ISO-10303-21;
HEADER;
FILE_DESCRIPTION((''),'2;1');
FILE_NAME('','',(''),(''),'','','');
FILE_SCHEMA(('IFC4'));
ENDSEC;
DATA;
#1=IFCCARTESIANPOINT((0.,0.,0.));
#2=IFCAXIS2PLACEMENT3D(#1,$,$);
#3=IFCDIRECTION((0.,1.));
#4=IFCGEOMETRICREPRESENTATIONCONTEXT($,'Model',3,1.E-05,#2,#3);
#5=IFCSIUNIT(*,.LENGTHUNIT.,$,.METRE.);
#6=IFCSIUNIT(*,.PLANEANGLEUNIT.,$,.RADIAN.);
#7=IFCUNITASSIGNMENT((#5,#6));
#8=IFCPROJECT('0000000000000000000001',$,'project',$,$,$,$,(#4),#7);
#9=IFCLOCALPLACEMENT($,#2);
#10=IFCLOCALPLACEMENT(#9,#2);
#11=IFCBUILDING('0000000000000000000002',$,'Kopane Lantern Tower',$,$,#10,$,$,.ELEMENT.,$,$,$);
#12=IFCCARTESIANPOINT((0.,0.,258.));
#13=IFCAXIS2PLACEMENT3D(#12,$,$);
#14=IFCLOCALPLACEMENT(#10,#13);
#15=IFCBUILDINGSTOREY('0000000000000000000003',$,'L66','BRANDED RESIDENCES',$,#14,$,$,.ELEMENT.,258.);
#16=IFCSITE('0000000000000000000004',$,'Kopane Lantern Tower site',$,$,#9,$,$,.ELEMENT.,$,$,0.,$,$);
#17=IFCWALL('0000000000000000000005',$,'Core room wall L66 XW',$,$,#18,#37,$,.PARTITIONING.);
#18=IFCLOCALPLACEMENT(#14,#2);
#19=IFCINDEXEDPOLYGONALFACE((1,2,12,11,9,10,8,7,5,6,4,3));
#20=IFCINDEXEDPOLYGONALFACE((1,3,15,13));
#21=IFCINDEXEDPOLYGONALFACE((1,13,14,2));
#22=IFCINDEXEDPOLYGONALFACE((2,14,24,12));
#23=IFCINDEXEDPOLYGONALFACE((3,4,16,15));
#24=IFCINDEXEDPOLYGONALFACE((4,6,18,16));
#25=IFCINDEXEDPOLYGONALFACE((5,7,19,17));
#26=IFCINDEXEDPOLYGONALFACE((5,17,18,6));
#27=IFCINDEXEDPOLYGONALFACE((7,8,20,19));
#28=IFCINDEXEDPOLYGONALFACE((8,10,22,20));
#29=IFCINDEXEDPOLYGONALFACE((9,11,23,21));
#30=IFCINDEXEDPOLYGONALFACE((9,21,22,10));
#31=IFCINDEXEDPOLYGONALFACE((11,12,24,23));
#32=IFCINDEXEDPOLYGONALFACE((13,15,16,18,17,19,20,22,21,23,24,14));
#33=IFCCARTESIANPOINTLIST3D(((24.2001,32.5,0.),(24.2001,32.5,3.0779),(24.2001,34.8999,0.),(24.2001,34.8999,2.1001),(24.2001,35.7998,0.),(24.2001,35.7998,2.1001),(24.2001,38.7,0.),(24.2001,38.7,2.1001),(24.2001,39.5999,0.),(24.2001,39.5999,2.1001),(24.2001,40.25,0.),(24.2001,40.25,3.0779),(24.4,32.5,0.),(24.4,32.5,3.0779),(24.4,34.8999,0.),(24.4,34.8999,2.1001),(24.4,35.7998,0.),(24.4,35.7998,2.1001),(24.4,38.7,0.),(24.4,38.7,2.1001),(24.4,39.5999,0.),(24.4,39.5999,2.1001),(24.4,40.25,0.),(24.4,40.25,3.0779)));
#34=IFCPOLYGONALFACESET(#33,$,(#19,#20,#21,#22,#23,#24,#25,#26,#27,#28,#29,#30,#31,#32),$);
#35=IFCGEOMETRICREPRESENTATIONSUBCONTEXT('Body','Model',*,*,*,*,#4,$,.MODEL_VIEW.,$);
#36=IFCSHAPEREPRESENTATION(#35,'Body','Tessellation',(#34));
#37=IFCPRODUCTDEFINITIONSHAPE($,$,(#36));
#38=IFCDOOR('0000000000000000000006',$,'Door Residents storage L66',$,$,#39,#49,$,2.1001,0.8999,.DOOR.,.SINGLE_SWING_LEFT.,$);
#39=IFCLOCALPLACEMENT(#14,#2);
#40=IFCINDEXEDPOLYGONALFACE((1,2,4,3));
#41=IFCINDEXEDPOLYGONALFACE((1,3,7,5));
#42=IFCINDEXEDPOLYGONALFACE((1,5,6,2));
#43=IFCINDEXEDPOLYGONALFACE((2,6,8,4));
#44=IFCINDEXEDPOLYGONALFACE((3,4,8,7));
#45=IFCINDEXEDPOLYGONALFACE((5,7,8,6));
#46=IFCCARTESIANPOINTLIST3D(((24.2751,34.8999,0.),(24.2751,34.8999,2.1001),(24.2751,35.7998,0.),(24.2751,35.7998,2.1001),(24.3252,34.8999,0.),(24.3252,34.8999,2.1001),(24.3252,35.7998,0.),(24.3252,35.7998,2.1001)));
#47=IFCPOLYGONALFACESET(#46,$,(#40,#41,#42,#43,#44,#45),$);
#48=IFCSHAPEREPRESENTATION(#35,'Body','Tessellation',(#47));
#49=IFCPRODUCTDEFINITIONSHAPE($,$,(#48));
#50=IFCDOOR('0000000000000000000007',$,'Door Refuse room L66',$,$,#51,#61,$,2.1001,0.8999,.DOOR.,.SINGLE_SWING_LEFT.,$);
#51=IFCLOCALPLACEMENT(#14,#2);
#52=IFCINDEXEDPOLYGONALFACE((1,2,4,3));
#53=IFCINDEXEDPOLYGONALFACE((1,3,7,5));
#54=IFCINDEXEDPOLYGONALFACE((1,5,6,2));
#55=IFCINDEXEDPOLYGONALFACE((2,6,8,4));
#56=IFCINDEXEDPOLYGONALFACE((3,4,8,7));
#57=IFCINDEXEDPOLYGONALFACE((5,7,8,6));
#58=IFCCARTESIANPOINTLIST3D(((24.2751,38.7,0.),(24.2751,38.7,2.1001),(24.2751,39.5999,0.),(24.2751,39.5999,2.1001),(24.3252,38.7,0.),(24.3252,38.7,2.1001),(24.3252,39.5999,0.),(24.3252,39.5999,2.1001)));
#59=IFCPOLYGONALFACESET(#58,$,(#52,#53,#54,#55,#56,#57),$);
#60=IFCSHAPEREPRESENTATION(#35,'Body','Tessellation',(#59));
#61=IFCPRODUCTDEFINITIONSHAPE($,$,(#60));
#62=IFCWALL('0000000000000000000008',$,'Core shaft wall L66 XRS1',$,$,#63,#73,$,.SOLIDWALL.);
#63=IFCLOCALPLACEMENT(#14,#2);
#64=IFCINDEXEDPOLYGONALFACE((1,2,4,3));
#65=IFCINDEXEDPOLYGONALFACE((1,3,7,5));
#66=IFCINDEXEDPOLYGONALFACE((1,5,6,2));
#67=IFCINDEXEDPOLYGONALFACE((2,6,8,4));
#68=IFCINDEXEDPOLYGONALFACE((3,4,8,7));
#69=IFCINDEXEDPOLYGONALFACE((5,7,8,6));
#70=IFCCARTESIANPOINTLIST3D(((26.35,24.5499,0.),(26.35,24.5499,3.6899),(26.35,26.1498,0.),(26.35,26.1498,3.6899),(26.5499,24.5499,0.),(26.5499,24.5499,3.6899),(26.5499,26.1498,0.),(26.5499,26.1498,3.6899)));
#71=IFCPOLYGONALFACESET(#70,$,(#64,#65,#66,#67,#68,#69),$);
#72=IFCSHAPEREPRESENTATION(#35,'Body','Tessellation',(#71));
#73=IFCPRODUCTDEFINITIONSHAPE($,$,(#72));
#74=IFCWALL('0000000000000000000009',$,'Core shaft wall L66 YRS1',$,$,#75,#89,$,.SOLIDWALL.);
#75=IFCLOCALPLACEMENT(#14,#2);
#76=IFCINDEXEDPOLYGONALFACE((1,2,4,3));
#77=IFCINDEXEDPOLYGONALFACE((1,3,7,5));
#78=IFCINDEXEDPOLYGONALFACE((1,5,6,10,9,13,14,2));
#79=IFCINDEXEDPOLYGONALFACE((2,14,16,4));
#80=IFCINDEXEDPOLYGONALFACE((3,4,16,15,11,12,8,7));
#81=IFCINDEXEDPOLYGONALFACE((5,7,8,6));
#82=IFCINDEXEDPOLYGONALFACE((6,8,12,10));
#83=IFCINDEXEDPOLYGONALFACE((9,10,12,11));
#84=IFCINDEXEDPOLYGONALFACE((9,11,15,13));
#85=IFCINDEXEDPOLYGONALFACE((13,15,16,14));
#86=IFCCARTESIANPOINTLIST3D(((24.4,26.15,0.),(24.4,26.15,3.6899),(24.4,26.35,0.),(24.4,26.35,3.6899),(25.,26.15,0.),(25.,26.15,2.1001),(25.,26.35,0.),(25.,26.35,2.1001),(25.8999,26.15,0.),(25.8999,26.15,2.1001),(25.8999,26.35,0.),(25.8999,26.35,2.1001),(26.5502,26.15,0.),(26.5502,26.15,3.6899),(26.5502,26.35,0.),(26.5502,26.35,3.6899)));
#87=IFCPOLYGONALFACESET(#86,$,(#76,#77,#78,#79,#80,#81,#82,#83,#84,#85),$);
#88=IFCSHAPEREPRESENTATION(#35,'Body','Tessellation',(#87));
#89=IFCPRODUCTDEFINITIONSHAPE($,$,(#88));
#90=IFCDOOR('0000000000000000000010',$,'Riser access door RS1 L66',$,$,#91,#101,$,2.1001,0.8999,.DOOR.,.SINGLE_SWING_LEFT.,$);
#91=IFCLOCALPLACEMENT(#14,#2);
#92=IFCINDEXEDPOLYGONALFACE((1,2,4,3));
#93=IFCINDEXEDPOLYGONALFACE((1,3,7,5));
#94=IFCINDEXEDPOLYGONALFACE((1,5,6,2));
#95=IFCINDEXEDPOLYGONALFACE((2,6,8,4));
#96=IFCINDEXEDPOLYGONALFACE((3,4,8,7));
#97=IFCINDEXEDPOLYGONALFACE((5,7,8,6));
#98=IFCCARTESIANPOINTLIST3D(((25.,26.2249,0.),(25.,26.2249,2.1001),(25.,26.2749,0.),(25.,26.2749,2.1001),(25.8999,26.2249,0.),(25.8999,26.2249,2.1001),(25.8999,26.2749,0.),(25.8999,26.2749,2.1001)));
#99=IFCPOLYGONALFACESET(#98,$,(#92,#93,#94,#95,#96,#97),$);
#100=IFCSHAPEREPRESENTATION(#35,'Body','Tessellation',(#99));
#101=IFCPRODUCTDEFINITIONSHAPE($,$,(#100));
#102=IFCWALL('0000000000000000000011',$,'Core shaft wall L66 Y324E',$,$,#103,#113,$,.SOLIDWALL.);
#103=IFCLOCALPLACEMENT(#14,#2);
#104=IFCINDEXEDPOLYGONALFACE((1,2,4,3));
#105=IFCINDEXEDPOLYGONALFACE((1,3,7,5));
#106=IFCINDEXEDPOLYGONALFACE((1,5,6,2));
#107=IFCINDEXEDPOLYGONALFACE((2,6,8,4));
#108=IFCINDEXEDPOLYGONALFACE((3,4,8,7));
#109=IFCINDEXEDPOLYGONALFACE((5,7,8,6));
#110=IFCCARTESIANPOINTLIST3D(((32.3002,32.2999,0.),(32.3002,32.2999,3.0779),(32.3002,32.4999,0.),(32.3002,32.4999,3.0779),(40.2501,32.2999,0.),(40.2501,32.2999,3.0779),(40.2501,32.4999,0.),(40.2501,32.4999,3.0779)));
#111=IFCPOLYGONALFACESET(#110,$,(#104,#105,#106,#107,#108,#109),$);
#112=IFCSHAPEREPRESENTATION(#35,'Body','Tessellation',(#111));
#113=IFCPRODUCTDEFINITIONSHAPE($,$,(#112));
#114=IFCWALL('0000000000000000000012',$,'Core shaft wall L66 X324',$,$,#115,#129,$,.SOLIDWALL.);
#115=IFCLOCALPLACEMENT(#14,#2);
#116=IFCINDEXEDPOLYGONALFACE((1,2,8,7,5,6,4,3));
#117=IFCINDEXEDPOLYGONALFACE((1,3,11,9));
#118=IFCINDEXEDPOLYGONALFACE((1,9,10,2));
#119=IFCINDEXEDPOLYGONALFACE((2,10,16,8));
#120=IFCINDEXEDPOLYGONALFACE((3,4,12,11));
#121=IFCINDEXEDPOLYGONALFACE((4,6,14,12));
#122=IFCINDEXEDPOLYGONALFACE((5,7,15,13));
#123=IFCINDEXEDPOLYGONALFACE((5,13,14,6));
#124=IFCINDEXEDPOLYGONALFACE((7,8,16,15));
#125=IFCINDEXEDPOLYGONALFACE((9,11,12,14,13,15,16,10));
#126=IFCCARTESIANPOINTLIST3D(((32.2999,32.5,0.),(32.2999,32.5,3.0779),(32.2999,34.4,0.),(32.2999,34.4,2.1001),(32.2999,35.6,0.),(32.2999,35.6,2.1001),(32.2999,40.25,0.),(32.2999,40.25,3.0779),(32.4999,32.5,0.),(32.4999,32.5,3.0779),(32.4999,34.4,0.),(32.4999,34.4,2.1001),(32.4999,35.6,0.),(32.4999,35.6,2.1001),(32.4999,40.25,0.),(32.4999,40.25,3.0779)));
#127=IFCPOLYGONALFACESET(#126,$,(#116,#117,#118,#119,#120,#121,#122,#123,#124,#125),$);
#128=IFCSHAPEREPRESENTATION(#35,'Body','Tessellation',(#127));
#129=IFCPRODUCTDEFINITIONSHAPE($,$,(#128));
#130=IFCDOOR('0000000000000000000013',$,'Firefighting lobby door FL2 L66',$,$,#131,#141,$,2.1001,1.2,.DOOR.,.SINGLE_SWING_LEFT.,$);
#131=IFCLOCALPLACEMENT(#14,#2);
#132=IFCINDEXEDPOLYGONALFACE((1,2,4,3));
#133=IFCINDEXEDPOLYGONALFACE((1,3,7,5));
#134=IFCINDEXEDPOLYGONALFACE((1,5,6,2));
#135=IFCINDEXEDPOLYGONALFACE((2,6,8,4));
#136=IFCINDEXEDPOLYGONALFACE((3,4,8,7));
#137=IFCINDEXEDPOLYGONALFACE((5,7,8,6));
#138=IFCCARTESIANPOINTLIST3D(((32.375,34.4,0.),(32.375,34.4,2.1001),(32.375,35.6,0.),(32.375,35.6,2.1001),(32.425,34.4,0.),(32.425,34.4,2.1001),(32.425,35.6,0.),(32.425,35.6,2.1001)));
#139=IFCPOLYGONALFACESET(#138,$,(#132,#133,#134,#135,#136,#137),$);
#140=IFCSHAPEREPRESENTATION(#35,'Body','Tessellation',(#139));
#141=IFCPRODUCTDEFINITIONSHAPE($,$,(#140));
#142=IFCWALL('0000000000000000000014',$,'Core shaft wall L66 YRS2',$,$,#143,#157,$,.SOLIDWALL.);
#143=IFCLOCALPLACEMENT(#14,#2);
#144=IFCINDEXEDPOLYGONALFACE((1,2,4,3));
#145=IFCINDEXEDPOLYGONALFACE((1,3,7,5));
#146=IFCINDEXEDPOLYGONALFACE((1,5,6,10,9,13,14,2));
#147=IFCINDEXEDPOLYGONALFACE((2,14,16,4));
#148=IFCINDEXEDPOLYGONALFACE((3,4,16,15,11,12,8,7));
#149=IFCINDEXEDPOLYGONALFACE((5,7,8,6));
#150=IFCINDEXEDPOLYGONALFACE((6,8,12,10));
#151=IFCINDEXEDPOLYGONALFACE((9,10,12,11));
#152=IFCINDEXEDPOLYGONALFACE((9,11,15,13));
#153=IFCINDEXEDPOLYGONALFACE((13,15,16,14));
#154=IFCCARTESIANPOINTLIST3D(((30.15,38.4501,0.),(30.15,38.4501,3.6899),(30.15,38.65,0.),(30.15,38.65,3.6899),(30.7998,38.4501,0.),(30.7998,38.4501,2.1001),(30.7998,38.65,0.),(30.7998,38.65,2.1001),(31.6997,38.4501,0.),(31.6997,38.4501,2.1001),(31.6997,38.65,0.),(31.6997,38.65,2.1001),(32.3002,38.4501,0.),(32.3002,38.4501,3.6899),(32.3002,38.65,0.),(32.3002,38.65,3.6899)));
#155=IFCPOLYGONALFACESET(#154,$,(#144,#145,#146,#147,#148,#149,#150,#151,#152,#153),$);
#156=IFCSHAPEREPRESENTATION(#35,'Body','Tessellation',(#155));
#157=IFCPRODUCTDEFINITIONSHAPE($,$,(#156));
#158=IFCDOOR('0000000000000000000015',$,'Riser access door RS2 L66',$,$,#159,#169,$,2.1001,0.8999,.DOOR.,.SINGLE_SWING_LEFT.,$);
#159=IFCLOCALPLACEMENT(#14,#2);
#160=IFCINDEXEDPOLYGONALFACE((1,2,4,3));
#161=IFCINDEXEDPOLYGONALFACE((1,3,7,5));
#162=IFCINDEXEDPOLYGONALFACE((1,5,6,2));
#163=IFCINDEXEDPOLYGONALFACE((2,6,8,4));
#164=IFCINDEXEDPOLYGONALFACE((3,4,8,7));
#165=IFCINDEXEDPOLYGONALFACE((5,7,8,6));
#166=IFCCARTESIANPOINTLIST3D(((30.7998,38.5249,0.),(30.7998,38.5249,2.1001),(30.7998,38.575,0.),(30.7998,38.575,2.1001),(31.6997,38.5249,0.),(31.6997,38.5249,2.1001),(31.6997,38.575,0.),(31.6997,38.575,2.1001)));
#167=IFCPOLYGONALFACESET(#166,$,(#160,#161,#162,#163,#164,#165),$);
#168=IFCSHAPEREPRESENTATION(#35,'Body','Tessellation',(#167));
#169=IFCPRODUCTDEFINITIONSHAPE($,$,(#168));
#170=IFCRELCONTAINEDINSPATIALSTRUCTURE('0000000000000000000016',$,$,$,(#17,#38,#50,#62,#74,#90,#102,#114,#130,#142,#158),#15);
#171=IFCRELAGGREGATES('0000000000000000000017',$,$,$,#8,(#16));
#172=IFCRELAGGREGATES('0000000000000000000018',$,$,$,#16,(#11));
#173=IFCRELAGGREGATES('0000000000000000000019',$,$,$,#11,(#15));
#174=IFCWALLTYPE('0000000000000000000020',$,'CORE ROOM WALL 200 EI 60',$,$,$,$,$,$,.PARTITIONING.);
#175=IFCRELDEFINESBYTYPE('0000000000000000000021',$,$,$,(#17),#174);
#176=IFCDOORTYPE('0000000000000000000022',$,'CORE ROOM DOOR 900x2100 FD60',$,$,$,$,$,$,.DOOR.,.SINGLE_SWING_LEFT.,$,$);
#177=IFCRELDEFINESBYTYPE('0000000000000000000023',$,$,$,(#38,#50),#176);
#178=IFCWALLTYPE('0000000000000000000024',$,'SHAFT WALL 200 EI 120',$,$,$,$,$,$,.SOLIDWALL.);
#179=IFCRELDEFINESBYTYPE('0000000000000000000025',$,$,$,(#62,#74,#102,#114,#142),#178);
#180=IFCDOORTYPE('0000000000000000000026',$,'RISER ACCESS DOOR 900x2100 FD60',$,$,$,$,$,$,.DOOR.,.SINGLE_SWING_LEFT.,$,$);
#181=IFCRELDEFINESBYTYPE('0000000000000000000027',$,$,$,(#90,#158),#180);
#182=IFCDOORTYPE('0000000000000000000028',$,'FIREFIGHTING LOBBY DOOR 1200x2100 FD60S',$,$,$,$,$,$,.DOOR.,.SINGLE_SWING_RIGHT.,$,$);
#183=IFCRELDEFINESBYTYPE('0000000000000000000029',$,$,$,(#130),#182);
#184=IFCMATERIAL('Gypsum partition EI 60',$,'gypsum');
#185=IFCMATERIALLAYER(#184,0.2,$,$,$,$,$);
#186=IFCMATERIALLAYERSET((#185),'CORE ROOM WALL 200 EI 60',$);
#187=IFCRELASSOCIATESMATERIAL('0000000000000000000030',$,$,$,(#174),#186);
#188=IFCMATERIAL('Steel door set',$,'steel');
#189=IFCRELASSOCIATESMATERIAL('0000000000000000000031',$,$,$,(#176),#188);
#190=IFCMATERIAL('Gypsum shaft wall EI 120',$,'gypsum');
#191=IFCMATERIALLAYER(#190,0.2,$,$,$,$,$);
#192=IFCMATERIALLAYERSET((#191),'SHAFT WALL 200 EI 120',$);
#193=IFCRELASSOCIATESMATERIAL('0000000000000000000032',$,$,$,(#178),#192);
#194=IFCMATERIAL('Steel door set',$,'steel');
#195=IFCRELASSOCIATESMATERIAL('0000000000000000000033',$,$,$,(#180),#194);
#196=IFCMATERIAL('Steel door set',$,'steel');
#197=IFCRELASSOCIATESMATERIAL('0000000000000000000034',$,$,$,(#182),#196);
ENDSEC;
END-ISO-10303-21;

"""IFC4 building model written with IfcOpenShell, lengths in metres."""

from ifc_helpers import new_model, si_unit, direction, frame, frame_2d, origin, place, context, subcontext, project, spatial, rectangle, extrude, material, layer, layer_set, type_object, element, fill, save


model = new_model("IFC4")

# Units and contexts
model_context = context("Model", 3, precision=1e-05, world=origin(), true_north=direction((0.0, 1.0)))
body_context = subcontext(model_context, "Body", "Model", "MODEL_VIEW")
ifc_project = project(units=[si_unit("LENGTHUNIT", "METRE"), si_unit("PLANEANGLEUNIT", "RADIAN")], contexts=[model_context])

# Site, building, storey
site_placement = place(None, origin())
site = spatial("IfcSite", under=ifc_project, at=site_placement, Name="Kopane Lantern Tower site", CompositionType="ELEMENT", RefElevation=0.0)
building_placement = place(site_placement, origin())
building = spatial("IfcBuilding", under=site, at=building_placement, Name="Kopane Lantern Tower", CompositionType="ELEMENT")
storey_placement = place(building_placement, frame((0.0, 0.0, 258.0)))
storey = spatial("IfcBuildingStorey", under=building, at=storey_placement, Name="L66", Description="BRANDED RESIDENCES", CompositionType="ELEMENT", Elevation=258.0)

# Wall, openings, doors
ifc_material_1 = material(Name="Gypsum partition EI 60", Category="gypsum")
ifc_layer_1 = layer(ifc_material_1, 0.2)
ifc_layer_set_1 = layer_set([ifc_layer_1], Name="CORE ROOM WALL 200 EI 60")
wall_type_1 = type_object("IfcWallType", Name="CORE ROOM WALL 200 EI 60", PredefinedType="PARTITIONING", material=ifc_layer_set_1)
wall_1_placement = place(storey_placement, frame((24.3, 32.5, 0.0), z_axis=(0.0, 0.0, 1.0), x_axis=(0.0, 1.0, 0.0)))
wall_1 = element("IfcWall", 1, at=wall_1_placement, inside=storey, type_object=wall_type_1, Name="Core room wall L66 XW", PredefinedType="PARTITIONING", context=body_context, shape_type="SweptSolid", body=[
    extrude(rectangle(XDim=7.75, YDim=0.2, at=frame_2d((3.875, 0.0))), origin(), (0.0, 0.0, 1.0), 3.0779),
])
opening_1_placement = place(wall_1_placement, frame((2.3999, 0.0, 0.0)))
opening_1 = element("IfcOpeningElement", 2, at=opening_1_placement, cuts=wall_1, PredefinedType="OPENING", context=body_context, shape_type="SweptSolid", body=[
    extrude(rectangle(XDim=0.8999, YDim=2.1001, at=frame_2d((0.45, 1.05))), frame((0.0, 0.1099, 0.0), z_axis=(0.0, -1.0, 0.0), x_axis=(1.0, 0.0, 0.0)), (0.0, 0.0, 1.0), 0.22),
])
opening_2_placement = place(wall_1_placement, frame((6.2, 0.0, 0.0)))
opening_2 = element("IfcOpeningElement", 3, at=opening_2_placement, cuts=wall_1, PredefinedType="OPENING", context=body_context, shape_type="SweptSolid", body=[
    extrude(rectangle(XDim=0.8999, YDim=2.1001, at=frame_2d((0.45, 1.05))), frame((0.0, 0.1099, 0.0), z_axis=(0.0, -1.0, 0.0), x_axis=(1.0, 0.0, 0.0)), (0.0, 0.0, 1.0), 0.22),
])
ifc_material_2 = material(Name="Steel door set", Category="steel")
door_type_1 = type_object("IfcDoorType", Name="CORE ROOM DOOR 900x2100 FD60", OperationType="SINGLE_SWING_LEFT", PredefinedType="DOOR", material=ifc_material_2)
door_1_placement = place(opening_1_placement, origin())
door_1 = element("IfcDoor", 4, at=door_1_placement, inside=storey, type_object=door_type_1, Name="Door Residents storage L66", OperationType="SINGLE_SWING_LEFT", OverallHeight=2.1001, OverallWidth=0.8999, PredefinedType="DOOR", context=body_context, shape_type="SweptSolid", body=[
    extrude(rectangle(XDim=0.8999, YDim=2.1001, at=frame_2d((0.45, 1.05))), frame((0.0, 0.0249, 0.0), z_axis=(0.0, -1.0, 0.0), x_axis=(1.0, 0.0, 0.0)), (0.0, 0.0, 1.0), 0.05),
])
fill(opening_1, door_1)
door_2_placement = place(opening_2_placement, origin())
door_2 = element("IfcDoor", 5, at=door_2_placement, inside=storey, type_object=door_type_1, Name="Door Refuse room L66", OperationType="SINGLE_SWING_LEFT", OverallHeight=2.1001, OverallWidth=0.8999, PredefinedType="DOOR", context=body_context, shape_type="SweptSolid", body=[
    extrude(rectangle(XDim=0.8999, YDim=2.1001, at=frame_2d((0.45, 1.05))), frame((0.0, 0.0249, 0.0), z_axis=(0.0, -1.0, 0.0), x_axis=(1.0, 0.0, 0.0)), (0.0, 0.0, 1.0), 0.05),
])
fill(opening_2, door_2)

# Wall
ifc_material_3 = material(Name="Gypsum shaft wall EI 120", Category="gypsum")
ifc_layer_2 = layer(ifc_material_3, 0.2)
ifc_layer_set_2 = layer_set([ifc_layer_2], Name="SHAFT WALL 200 EI 120")
wall_type_2 = type_object("IfcWallType", Name="SHAFT WALL 200 EI 120", PredefinedType="SOLIDWALL", material=ifc_layer_set_2)
wall_2_placement = place(storey_placement, frame((26.45, 24.55, 0.0), z_axis=(0.0, 0.0, 1.0), x_axis=(0.0, 1.0, 0.0)))
element("IfcWall", 6, at=wall_2_placement, inside=storey, type_object=wall_type_2, Name="Core shaft wall L66 XRS1", PredefinedType="SOLIDWALL", context=body_context, shape_type="SweptSolid", body=[
    extrude(rectangle(XDim=1.5999, YDim=0.2, at=frame_2d((0.7998, 0.0))), origin(), (0.0, 0.0, 1.0), 3.6899),
])

# Wall, opening, door
wall_3_placement = place(storey_placement, frame((24.3999, 26.25, 0.0), z_axis=(0.0, 0.0, 1.0), x_axis=(1.0, 0.0, 0.0)))
wall_3 = element("IfcWall", 7, at=wall_3_placement, inside=storey, type_object=wall_type_2, Name="Core shaft wall L66 YRS1", PredefinedType="SOLIDWALL", context=body_context, shape_type="SweptSolid", body=[
    extrude(rectangle(XDim=2.1501, YDim=0.2, at=frame_2d((1.0752, 0.0))), origin(), (0.0, 0.0, 1.0), 3.6899),
])
opening_3_placement = place(wall_3_placement, frame((0.6001, 0.0, 0.0)))
opening_3 = element("IfcOpeningElement", 8, at=opening_3_placement, cuts=wall_3, PredefinedType="OPENING", context=body_context, shape_type="SweptSolid", body=[
    extrude(rectangle(XDim=0.8999, YDim=2.1001, at=frame_2d((0.45, 1.05))), frame((0.0, 0.1099, 0.0), z_axis=(0.0, -1.0, 0.0), x_axis=(1.0, 0.0, 0.0)), (0.0, 0.0, 1.0), 0.22),
])
ifc_material_4 = material(Name="Steel door set", Category="steel")
door_type_2 = type_object("IfcDoorType", Name="RISER ACCESS DOOR 900x2100 FD60", OperationType="SINGLE_SWING_LEFT", PredefinedType="DOOR", material=ifc_material_4)
door_3_placement = place(opening_3_placement, origin())
door_3 = element("IfcDoor", 9, at=door_3_placement, inside=storey, type_object=door_type_2, Name="Riser access door RS1 L66", OperationType="SINGLE_SWING_LEFT", OverallHeight=2.1001, OverallWidth=0.8999, PredefinedType="DOOR", context=body_context, shape_type="SweptSolid", body=[
    extrude(rectangle(XDim=0.8999, YDim=2.1001, at=frame_2d((0.45, 1.05))), frame((0.0, 0.0249, 0.0), z_axis=(0.0, -1.0, 0.0), x_axis=(1.0, 0.0, 0.0)), (0.0, 0.0, 1.0), 0.05),
])
fill(opening_3, door_3)

# Wall
wall_4_placement = place(storey_placement, frame((32.3, 32.3999, 0.0), z_axis=(0.0, 0.0, 1.0), x_axis=(1.0, 0.0, 0.0)))
element("IfcWall", 10, at=wall_4_placement, inside=storey, type_object=wall_type_2, Name="Core shaft wall L66 Y324E", PredefinedType="SOLIDWALL", context=body_context, shape_type="SweptSolid", body=[
    extrude(rectangle(XDim=7.95, YDim=0.2, at=frame_2d((3.9751, 0.0))), origin(), (0.0, 0.0, 1.0), 3.0779),
])

# Walls, openings, doors
wall_5_placement = place(storey_placement, frame((32.3999, 32.5, 0.0), z_axis=(0.0, 0.0, 1.0), x_axis=(0.0, 1.0, 0.0)))
wall_5 = element("IfcWall", 11, at=wall_5_placement, inside=storey, type_object=wall_type_2, Name="Core shaft wall L66 X324", PredefinedType="SOLIDWALL", context=body_context, shape_type="SweptSolid", body=[
    extrude(rectangle(XDim=7.75, YDim=0.2, at=frame_2d((3.875, 0.0))), origin(), (0.0, 0.0, 1.0), 3.0779),
])
opening_4_placement = place(wall_5_placement, frame((1.8999, 0.0, 0.0)))
opening_4 = element("IfcOpeningElement", 12, at=opening_4_placement, cuts=wall_5, PredefinedType="OPENING", context=body_context, shape_type="SweptSolid", body=[
    extrude(rectangle(XDim=1.2, YDim=2.1001, at=frame_2d((0.6001, 1.05))), frame((0.0, 0.1099, 0.0), z_axis=(0.0, -1.0, 0.0), x_axis=(1.0, 0.0, 0.0)), (0.0, 0.0, 1.0), 0.22),
])
ifc_material_5 = material(Name="Steel door set", Category="steel")
door_type_3 = type_object("IfcDoorType", Name="FIREFIGHTING LOBBY DOOR 1200x2100 FD60S", OperationType="SINGLE_SWING_RIGHT", PredefinedType="DOOR", material=ifc_material_5)
door_4_placement = place(opening_4_placement, origin())
door_4 = element("IfcDoor", 13, at=door_4_placement, inside=storey, type_object=door_type_3, Name="Firefighting lobby door FL2 L66", OperationType="SINGLE_SWING_LEFT", OverallHeight=2.1001, OverallWidth=1.2, PredefinedType="DOOR", context=body_context, shape_type="SweptSolid", body=[
    extrude(rectangle(XDim=1.2, YDim=2.1001, at=frame_2d((0.6001, 1.05))), frame((0.0, 0.0249, 0.0), z_axis=(0.0, -1.0, 0.0), x_axis=(1.0, 0.0, 0.0)), (0.0, 0.0, 1.0), 0.05),
])
fill(opening_4, door_4)
wall_6_placement = place(storey_placement, frame((30.1499, 38.55, 0.0), z_axis=(0.0, 0.0, 1.0), x_axis=(1.0, 0.0, 0.0)))
wall_6 = element("IfcWall", 14, at=wall_6_placement, inside=storey, type_object=wall_type_2, Name="Core shaft wall L66 YRS2", PredefinedType="SOLIDWALL", context=body_context, shape_type="SweptSolid", body=[
    extrude(rectangle(XDim=2.1501, YDim=0.2, at=frame_2d((1.0752, 0.0))), origin(), (0.0, 0.0, 1.0), 3.6899),
])
opening_5_placement = place(wall_6_placement, frame((0.6499, 0.0, 0.0)))
opening_5 = element("IfcOpeningElement", 15, at=opening_5_placement, cuts=wall_6, PredefinedType="OPENING", context=body_context, shape_type="SweptSolid", body=[
    extrude(rectangle(XDim=0.8999, YDim=2.1001, at=frame_2d((0.45, 1.05))), frame((0.0, 0.1099, 0.0), z_axis=(0.0, -1.0, 0.0), x_axis=(1.0, 0.0, 0.0)), (0.0, 0.0, 1.0), 0.22),
])
door_5_placement = place(opening_5_placement, origin())
door_5 = element("IfcDoor", 16, at=door_5_placement, inside=storey, type_object=door_type_2, Name="Riser access door RS2 L66", OperationType="SINGLE_SWING_LEFT", OverallHeight=2.1001, OverallWidth=0.8999, PredefinedType="DOOR", context=body_context, shape_type="SweptSolid", body=[
    extrude(rectangle(XDim=0.8999, YDim=2.1001, at=frame_2d((0.45, 1.05))), frame((0.0, 0.0249, 0.0), z_axis=(0.0, -1.0, 0.0), x_axis=(1.0, 0.0, 0.0)), (0.0, 0.0, 1.0), 0.05),
])
fill(opening_5, door_5)

save(model, "model.ifc")
